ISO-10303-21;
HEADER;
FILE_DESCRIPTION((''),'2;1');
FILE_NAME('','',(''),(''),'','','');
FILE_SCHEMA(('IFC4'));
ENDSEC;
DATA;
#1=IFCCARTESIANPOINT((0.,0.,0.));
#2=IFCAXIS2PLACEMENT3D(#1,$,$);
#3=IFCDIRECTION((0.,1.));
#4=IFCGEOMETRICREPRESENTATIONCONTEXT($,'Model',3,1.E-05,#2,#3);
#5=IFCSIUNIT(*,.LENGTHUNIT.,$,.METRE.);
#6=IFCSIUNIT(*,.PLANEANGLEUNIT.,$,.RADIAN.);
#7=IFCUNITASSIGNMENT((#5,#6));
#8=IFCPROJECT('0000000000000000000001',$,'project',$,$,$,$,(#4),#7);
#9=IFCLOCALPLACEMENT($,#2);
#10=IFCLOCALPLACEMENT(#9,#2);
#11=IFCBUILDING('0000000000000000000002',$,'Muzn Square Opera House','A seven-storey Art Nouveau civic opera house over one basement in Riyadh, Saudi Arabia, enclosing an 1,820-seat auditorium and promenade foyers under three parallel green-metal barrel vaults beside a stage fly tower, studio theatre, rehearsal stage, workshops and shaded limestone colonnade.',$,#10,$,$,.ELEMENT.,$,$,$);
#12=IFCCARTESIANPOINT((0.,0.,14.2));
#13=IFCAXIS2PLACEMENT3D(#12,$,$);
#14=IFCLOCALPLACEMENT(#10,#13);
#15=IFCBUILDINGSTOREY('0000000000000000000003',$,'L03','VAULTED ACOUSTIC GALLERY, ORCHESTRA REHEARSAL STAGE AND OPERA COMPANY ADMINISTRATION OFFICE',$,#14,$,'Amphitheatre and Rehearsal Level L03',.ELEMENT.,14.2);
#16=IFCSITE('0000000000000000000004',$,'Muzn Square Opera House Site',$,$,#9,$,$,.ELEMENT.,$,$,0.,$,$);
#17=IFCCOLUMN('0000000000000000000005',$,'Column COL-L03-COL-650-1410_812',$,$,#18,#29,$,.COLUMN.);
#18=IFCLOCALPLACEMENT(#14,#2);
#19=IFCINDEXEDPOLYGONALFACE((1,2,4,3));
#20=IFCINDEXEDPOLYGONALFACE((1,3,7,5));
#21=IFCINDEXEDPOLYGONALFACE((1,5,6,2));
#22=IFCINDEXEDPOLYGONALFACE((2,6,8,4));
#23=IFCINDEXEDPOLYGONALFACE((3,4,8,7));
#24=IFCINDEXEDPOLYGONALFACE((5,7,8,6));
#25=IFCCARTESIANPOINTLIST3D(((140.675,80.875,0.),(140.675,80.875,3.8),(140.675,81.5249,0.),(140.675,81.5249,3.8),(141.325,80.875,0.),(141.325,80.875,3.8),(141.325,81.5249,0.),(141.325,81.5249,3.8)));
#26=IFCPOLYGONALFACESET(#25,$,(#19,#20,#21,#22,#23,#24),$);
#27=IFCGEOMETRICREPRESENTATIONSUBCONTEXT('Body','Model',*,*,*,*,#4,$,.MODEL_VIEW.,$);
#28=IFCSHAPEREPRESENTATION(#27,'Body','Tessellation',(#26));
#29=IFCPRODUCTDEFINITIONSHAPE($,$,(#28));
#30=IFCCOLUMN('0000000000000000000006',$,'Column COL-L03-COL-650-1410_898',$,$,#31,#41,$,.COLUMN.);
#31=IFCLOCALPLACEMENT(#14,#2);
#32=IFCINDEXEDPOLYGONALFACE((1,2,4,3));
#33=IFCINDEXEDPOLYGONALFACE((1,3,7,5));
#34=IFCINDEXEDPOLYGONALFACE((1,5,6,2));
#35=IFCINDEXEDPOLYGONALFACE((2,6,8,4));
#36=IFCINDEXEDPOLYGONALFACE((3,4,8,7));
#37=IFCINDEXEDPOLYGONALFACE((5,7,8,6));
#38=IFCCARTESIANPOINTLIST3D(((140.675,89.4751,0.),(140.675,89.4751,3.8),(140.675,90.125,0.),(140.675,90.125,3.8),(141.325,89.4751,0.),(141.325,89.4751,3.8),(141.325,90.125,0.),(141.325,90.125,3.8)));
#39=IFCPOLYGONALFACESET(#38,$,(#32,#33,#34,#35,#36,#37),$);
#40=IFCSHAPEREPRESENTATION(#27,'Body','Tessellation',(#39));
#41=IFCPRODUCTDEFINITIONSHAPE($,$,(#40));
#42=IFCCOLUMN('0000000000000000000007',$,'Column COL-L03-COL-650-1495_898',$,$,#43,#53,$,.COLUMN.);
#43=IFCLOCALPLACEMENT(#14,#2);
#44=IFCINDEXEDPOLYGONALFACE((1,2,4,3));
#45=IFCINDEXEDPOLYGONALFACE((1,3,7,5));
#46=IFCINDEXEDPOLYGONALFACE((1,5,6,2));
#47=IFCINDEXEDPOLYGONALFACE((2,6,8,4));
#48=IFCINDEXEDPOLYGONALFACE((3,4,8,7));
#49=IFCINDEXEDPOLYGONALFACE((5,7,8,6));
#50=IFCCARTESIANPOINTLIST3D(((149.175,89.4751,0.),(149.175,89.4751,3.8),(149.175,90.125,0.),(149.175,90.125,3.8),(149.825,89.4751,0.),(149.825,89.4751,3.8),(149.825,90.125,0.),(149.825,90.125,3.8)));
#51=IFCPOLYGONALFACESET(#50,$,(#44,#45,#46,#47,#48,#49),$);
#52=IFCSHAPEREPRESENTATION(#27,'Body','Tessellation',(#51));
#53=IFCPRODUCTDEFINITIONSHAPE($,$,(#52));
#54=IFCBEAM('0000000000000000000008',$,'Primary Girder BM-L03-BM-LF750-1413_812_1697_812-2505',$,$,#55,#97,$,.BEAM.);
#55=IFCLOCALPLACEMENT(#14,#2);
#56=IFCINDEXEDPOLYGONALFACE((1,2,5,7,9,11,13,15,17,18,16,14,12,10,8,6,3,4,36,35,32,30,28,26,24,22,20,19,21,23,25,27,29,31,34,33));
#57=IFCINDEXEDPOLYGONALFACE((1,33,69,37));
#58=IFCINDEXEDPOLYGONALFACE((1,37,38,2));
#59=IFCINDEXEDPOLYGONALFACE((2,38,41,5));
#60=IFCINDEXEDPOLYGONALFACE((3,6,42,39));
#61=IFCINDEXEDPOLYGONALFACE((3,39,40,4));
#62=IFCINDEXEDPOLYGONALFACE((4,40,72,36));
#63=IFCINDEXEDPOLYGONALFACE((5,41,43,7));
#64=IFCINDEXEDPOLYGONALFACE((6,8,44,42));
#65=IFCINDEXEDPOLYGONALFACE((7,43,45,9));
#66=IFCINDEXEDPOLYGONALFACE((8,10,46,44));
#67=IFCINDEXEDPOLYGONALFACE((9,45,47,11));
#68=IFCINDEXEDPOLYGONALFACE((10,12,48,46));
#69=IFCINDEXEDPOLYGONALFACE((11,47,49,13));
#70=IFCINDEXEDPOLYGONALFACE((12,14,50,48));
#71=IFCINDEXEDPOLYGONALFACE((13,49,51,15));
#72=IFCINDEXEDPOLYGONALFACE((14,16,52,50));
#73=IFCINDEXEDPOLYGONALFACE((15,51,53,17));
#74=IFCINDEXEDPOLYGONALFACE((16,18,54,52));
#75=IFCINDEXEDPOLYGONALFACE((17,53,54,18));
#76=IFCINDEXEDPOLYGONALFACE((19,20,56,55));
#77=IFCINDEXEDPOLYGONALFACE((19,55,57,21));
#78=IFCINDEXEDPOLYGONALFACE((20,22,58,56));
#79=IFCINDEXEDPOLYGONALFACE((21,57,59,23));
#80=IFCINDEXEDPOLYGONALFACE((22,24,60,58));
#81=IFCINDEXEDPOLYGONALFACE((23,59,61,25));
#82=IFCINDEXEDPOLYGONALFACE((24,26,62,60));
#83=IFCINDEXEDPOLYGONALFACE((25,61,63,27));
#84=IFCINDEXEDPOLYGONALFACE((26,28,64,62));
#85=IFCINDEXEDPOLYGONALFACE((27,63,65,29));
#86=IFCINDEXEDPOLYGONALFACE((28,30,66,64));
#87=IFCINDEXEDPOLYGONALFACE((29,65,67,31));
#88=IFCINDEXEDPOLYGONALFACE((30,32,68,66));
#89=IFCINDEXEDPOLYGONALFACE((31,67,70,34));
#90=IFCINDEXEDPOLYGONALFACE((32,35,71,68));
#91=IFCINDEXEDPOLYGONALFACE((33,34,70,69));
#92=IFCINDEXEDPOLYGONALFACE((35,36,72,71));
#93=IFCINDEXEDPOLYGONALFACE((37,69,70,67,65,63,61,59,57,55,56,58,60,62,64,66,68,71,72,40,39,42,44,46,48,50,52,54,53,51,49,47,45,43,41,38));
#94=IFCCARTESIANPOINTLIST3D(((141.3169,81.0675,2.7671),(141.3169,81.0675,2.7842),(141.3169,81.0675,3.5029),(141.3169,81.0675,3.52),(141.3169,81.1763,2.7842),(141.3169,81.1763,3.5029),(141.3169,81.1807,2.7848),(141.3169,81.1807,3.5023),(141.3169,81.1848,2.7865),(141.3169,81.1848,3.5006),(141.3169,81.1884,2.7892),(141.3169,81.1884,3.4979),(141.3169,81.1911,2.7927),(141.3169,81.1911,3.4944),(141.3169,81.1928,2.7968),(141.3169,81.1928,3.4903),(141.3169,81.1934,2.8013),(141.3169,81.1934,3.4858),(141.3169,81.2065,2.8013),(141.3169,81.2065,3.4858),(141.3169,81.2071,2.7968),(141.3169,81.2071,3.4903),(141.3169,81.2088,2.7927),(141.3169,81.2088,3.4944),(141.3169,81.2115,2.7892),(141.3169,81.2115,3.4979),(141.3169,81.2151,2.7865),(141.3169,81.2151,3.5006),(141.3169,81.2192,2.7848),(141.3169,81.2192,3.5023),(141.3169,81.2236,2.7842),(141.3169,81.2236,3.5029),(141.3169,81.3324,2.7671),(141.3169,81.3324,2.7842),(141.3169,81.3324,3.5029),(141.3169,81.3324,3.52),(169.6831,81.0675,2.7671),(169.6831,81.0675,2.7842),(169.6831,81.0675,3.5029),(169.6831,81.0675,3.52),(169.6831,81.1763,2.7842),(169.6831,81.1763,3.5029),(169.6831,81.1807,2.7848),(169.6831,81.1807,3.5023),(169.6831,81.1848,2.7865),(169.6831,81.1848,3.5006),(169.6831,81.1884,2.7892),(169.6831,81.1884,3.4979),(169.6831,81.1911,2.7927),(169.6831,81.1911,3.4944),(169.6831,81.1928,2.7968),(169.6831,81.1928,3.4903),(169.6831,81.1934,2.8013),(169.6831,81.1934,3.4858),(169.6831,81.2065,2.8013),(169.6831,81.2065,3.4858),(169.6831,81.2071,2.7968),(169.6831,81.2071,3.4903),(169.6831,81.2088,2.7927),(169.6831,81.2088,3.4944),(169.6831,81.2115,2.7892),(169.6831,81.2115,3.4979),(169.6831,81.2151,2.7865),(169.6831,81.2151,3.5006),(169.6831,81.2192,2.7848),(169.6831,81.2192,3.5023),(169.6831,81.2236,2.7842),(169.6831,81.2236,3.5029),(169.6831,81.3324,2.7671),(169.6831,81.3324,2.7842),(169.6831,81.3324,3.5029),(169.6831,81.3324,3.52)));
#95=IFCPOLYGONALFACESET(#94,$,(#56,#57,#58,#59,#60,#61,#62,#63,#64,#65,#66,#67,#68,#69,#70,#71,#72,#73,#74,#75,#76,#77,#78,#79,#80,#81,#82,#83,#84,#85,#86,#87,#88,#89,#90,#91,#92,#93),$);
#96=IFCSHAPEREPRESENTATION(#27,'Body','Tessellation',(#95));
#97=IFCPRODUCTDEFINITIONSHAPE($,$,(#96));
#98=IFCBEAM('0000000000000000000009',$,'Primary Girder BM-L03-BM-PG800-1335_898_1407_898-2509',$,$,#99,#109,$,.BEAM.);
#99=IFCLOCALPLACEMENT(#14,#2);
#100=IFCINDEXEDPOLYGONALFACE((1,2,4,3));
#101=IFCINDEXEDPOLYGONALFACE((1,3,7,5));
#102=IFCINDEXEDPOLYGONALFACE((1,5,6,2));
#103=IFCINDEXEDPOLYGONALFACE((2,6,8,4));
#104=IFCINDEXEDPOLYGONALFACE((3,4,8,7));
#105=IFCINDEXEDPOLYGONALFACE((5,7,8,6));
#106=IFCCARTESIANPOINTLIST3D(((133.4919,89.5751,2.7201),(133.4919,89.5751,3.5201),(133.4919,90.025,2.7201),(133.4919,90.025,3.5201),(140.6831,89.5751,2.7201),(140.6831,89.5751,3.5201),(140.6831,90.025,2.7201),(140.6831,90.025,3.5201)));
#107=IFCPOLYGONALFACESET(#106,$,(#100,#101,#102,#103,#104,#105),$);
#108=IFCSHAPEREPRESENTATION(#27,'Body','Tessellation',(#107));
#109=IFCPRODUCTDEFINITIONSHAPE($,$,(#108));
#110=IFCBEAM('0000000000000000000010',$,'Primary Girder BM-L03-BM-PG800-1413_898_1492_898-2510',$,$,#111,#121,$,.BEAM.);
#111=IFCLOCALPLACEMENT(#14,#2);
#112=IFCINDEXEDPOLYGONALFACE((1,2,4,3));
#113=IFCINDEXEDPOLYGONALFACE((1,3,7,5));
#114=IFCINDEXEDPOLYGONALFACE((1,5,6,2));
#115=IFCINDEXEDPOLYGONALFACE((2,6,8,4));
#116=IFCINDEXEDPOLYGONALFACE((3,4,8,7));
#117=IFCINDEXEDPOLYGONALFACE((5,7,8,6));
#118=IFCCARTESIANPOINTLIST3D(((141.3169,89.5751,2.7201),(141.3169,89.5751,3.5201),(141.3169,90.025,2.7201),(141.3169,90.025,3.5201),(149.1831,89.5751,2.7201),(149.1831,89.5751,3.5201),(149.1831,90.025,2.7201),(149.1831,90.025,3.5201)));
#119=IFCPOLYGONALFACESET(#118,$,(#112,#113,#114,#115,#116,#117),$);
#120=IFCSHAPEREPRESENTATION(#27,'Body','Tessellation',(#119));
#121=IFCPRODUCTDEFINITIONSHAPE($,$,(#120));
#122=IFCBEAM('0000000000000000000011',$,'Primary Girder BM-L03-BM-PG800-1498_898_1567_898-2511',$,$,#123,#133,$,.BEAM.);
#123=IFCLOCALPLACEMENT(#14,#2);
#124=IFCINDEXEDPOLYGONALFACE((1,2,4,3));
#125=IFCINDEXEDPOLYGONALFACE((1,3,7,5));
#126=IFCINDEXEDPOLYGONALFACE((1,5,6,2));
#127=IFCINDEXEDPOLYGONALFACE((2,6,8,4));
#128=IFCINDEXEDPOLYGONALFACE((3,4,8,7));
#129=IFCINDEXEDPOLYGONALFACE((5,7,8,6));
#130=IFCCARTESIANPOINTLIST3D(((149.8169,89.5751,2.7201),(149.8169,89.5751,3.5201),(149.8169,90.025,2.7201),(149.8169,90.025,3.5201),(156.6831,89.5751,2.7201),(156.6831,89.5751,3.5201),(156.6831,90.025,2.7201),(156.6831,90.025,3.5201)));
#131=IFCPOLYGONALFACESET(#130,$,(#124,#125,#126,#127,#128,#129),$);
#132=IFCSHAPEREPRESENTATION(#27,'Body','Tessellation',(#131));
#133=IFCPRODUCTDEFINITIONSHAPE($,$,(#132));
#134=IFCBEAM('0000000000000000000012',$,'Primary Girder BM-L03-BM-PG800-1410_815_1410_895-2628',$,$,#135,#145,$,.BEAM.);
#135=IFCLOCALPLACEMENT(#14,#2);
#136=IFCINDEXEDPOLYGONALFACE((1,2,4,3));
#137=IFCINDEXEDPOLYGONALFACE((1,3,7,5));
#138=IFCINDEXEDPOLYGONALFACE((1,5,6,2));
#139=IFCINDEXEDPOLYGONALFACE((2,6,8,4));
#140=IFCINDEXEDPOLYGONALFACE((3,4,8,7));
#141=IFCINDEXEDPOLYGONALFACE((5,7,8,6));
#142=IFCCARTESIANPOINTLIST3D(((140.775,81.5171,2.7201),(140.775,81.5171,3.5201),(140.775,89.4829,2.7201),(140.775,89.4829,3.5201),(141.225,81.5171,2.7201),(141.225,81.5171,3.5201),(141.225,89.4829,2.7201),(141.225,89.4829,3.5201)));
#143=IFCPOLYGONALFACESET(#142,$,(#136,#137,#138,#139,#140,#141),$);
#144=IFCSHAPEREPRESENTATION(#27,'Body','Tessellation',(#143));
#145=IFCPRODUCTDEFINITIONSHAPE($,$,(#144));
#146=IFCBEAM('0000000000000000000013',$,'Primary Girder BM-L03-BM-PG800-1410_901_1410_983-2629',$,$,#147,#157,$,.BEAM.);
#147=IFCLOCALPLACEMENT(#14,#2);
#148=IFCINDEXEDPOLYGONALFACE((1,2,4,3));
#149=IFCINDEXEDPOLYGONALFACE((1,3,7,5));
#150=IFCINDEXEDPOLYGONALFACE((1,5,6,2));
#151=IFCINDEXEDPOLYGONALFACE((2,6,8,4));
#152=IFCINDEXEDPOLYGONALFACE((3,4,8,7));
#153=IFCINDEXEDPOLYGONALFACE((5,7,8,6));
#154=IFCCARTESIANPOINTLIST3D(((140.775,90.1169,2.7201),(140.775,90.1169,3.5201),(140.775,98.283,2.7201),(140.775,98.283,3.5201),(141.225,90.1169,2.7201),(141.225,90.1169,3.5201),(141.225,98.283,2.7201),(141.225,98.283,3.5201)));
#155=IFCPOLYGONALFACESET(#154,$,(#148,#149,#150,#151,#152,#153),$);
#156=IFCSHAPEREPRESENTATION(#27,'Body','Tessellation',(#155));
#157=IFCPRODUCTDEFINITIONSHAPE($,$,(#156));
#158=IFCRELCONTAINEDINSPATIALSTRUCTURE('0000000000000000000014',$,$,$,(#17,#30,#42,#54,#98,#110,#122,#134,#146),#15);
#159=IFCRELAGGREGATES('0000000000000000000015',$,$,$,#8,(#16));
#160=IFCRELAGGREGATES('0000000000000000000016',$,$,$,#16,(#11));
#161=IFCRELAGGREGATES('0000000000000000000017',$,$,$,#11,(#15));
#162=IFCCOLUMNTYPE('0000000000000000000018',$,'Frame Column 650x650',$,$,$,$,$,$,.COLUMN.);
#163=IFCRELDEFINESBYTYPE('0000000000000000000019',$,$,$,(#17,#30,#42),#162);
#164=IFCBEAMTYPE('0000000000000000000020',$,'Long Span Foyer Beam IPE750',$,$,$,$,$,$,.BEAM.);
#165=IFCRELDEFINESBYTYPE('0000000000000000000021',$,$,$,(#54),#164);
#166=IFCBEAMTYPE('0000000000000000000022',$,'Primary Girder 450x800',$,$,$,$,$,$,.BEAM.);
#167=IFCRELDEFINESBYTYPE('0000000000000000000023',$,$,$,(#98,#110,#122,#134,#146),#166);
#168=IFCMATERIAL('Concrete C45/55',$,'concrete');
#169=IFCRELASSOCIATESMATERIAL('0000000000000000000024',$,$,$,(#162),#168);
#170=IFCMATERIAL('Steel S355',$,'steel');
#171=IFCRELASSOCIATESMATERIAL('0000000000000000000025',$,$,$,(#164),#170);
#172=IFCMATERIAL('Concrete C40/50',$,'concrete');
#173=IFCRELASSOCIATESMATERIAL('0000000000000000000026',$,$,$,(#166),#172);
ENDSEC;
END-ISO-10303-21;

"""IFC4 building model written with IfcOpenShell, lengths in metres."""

from ifc_helpers import new_model, si_unit, direction, frame, origin, origin_2d, place, context, subcontext, project, spatial, rectangle, i_section, extrude, material, material_profile, profile_set, type_object, element, save


model = new_model("IFC4")

# Units and contexts
model_context = context("Model", 3, precision=1e-05, world=origin(), true_north=direction((0.0, 1.0)))
body_context = subcontext(model_context, "Body", "Model", "MODEL_VIEW")
ifc_project = project(units=[si_unit("LENGTHUNIT", "METRE"), si_unit("PLANEANGLEUNIT", "RADIAN")], contexts=[model_context])

# Site, building, storey
site_placement = place(None, origin())
site = spatial("IfcSite", under=ifc_project, at=site_placement, Name="Muzn Square Opera House Site", CompositionType="ELEMENT", RefElevation=0.0)
building_placement = place(site_placement, origin())
building = spatial("IfcBuilding", under=site, at=building_placement, Name="Muzn Square Opera House", Description="A seven-storey Art Nouveau civic opera house over one basement in Riyadh, Saudi Arabia, enclosing an 1,820-seat auditorium and promenade foyers under three parallel green-metal barrel vaults beside a stage fly tower, studio theatre, rehearsal stage, workshops and shaded limestone colonnade.", CompositionType="ELEMENT")
storey_placement = place(building_placement, frame((0.0, 0.0, 14.2)))
storey = spatial("IfcBuildingStorey", under=building, at=storey_placement, Name="L03", Description="VAULTED ACOUSTIC GALLERY, ORCHESTRA REHEARSAL STAGE AND OPERA COMPANY ADMINISTRATION OFFICE", LongName="Amphitheatre and Rehearsal Level L03", CompositionType="ELEMENT", Elevation=14.2)

# Columns
ifc_material_1 = material(Name="Concrete C45/55", Category="concrete")
ifc_material_profile_1 = material_profile(ifc_material_1, rectangle(XDim=0.6499, YDim=0.6499, at=origin_2d()), Name="RC 650x650", Category="concrete")
ifc_profile_set_1 = profile_set([ifc_material_profile_1], Name="Concrete C45/55")
column_type = type_object("IfcColumnType", Name="Frame Column 650x650", PredefinedType="COLUMN", material=ifc_profile_set_1)
for number, where, z_axis, x_axis, name in (
    (1, (141.0, 81.2, 0.0), (0.0, 0.0, 1.0), (1.0, 0.0, 0.0), "Column COL-L03-COL-650-1410_812"),
    (2, (141.0, 89.8, 0.0), (0.0, 0.0, 1.0), (1.0, 0.0, 0.0), "Column COL-L03-COL-650-1410_898"),
    (3, (149.5, 89.8, 0.0), (0.0, 0.0, 1.0), (1.0, 0.0, 0.0), "Column COL-L03-COL-650-1495_898"),
):
    element("IfcColumn", number, at=place(storey_placement, frame(where, z_axis=z_axis, x_axis=x_axis)), inside=storey, type_object=column_type, Name=name, PredefinedType="COLUMN", context=body_context, shape_type="SweptSolid", body=[
        extrude(rectangle(XDim=0.6499, YDim=0.6499, at=origin_2d()), origin(), (0.0, 0.0, 1.0), 3.8),
    ])

# Beams
ifc_material_2 = material(Name="Steel S355", Category="steel")
ifc_material_profile_2 = material_profile(ifc_material_2, i_section(OverallWidth=0.2649, OverallDepth=0.7529, WebThickness=0.0132, FlangeThickness=0.0171, FilletRadius=0.0171, at=origin_2d()), Name="IPE 750x147", Category="steel")
ifc_profile_set_2 = profile_set([ifc_material_profile_2], Name="Steel S355")
beam_type_1 = type_object("IfcBeamType", Name="Long Span Foyer Beam IPE750", PredefinedType="BEAM", material=ifc_profile_set_2)
beam_1_placement = place(storey_placement, frame((141.3169, 81.2, 3.1436), z_axis=(1.0, 0.0, 0.0), x_axis=(0.0, 1.0, 0.0)))
element("IfcBeam", 4, at=beam_1_placement, inside=storey, type_object=beam_type_1, Name="Primary Girder BM-L03-BM-LF750-1413_812_1697_812-2505", PredefinedType="BEAM", context=body_context, shape_type="SweptSolid", body=[
    extrude(i_section(OverallWidth=0.2649, OverallDepth=0.7529, WebThickness=0.0132, FlangeThickness=0.0171, FilletRadius=0.0171, at=origin_2d()), origin(), (0.0, 0.0, 1.0), 28.3662),
])
ifc_material_3 = material(Name="Concrete C40/50", Category="concrete")
ifc_material_profile_3 = material_profile(ifc_material_3, rectangle(XDim=0.45, YDim=0.8, at=origin_2d()), Name="RCB 450x800", Category="concrete")
ifc_profile_set_3 = profile_set([ifc_material_profile_3], Name="Concrete C40/50")
beam_type_2 = type_object("IfcBeamType", Name="Primary Girder 450x800", PredefinedType="BEAM", material=ifc_profile_set_3)
beam_2_placement = place(storey_placement, frame((133.4919, 89.8, 3.1201), z_axis=(1.0, 0.0, 0.0), x_axis=(0.0, 1.0, 0.0)))
element("IfcBeam", 5, at=beam_2_placement, inside=storey, type_object=beam_type_2, Name="Primary Girder BM-L03-BM-PG800-1335_898_1407_898-2509", PredefinedType="BEAM", context=body_context, shape_type="SweptSolid", body=[
    extrude(rectangle(XDim=0.45, YDim=0.8, at=origin_2d()), origin(), (0.0, 0.0, 1.0), 7.1912),
])
beam_3_placement = place(storey_placement, frame((141.3169, 89.8, 3.1201), z_axis=(1.0, 0.0, 0.0), x_axis=(0.0, 1.0, 0.0)))
element("IfcBeam", 6, at=beam_3_placement, inside=storey, type_object=beam_type_2, Name="Primary Girder BM-L03-BM-PG800-1413_898_1492_898-2510", PredefinedType="BEAM", context=body_context, shape_type="SweptSolid", body=[
    extrude(rectangle(XDim=0.45, YDim=0.8, at=origin_2d()), origin(), (0.0, 0.0, 1.0), 7.8662),
])
beam_4_placement = place(storey_placement, frame((149.8169, 89.8, 3.1201), z_axis=(1.0, 0.0, 0.0), x_axis=(0.0, 1.0, 0.0)))
element("IfcBeam", 7, at=beam_4_placement, inside=storey, type_object=beam_type_2, Name="Primary Girder BM-L03-BM-PG800-1498_898_1567_898-2511", PredefinedType="BEAM", context=body_context, shape_type="SweptSolid", body=[
    extrude(rectangle(XDim=0.45, YDim=0.8, at=origin_2d()), origin(), (0.0, 0.0, 1.0), 6.8662),
])
beam_5_placement = place(storey_placement, frame((141.0, 81.5171, 3.1201), z_axis=(0.0, 1.0, 0.0), x_axis=(-1.0, 0.0, 0.0)))
element("IfcBeam", 8, at=beam_5_placement, inside=storey, type_object=beam_type_2, Name="Primary Girder BM-L03-BM-PG800-1410_815_1410_895-2628", PredefinedType="BEAM", context=body_context, shape_type="SweptSolid", body=[
    extrude(rectangle(XDim=0.45, YDim=0.8, at=origin_2d()), origin(), (0.0, 0.0, 1.0), 7.9658),
])
beam_6_placement = place(storey_placement, frame((141.0, 90.1169, 3.1201), z_axis=(0.0, 1.0, 0.0), x_axis=(-1.0, 0.0, 0.0)))
element("IfcBeam", 9, at=beam_6_placement, inside=storey, type_object=beam_type_2, Name="Primary Girder BM-L03-BM-PG800-1410_901_1410_983-2629", PredefinedType="BEAM", context=body_context, shape_type="SweptSolid", body=[
    extrude(rectangle(XDim=0.45, YDim=0.8, at=origin_2d()), origin(), (0.0, 0.0, 1.0), 8.166),
])

save(model, "model.ifc")
